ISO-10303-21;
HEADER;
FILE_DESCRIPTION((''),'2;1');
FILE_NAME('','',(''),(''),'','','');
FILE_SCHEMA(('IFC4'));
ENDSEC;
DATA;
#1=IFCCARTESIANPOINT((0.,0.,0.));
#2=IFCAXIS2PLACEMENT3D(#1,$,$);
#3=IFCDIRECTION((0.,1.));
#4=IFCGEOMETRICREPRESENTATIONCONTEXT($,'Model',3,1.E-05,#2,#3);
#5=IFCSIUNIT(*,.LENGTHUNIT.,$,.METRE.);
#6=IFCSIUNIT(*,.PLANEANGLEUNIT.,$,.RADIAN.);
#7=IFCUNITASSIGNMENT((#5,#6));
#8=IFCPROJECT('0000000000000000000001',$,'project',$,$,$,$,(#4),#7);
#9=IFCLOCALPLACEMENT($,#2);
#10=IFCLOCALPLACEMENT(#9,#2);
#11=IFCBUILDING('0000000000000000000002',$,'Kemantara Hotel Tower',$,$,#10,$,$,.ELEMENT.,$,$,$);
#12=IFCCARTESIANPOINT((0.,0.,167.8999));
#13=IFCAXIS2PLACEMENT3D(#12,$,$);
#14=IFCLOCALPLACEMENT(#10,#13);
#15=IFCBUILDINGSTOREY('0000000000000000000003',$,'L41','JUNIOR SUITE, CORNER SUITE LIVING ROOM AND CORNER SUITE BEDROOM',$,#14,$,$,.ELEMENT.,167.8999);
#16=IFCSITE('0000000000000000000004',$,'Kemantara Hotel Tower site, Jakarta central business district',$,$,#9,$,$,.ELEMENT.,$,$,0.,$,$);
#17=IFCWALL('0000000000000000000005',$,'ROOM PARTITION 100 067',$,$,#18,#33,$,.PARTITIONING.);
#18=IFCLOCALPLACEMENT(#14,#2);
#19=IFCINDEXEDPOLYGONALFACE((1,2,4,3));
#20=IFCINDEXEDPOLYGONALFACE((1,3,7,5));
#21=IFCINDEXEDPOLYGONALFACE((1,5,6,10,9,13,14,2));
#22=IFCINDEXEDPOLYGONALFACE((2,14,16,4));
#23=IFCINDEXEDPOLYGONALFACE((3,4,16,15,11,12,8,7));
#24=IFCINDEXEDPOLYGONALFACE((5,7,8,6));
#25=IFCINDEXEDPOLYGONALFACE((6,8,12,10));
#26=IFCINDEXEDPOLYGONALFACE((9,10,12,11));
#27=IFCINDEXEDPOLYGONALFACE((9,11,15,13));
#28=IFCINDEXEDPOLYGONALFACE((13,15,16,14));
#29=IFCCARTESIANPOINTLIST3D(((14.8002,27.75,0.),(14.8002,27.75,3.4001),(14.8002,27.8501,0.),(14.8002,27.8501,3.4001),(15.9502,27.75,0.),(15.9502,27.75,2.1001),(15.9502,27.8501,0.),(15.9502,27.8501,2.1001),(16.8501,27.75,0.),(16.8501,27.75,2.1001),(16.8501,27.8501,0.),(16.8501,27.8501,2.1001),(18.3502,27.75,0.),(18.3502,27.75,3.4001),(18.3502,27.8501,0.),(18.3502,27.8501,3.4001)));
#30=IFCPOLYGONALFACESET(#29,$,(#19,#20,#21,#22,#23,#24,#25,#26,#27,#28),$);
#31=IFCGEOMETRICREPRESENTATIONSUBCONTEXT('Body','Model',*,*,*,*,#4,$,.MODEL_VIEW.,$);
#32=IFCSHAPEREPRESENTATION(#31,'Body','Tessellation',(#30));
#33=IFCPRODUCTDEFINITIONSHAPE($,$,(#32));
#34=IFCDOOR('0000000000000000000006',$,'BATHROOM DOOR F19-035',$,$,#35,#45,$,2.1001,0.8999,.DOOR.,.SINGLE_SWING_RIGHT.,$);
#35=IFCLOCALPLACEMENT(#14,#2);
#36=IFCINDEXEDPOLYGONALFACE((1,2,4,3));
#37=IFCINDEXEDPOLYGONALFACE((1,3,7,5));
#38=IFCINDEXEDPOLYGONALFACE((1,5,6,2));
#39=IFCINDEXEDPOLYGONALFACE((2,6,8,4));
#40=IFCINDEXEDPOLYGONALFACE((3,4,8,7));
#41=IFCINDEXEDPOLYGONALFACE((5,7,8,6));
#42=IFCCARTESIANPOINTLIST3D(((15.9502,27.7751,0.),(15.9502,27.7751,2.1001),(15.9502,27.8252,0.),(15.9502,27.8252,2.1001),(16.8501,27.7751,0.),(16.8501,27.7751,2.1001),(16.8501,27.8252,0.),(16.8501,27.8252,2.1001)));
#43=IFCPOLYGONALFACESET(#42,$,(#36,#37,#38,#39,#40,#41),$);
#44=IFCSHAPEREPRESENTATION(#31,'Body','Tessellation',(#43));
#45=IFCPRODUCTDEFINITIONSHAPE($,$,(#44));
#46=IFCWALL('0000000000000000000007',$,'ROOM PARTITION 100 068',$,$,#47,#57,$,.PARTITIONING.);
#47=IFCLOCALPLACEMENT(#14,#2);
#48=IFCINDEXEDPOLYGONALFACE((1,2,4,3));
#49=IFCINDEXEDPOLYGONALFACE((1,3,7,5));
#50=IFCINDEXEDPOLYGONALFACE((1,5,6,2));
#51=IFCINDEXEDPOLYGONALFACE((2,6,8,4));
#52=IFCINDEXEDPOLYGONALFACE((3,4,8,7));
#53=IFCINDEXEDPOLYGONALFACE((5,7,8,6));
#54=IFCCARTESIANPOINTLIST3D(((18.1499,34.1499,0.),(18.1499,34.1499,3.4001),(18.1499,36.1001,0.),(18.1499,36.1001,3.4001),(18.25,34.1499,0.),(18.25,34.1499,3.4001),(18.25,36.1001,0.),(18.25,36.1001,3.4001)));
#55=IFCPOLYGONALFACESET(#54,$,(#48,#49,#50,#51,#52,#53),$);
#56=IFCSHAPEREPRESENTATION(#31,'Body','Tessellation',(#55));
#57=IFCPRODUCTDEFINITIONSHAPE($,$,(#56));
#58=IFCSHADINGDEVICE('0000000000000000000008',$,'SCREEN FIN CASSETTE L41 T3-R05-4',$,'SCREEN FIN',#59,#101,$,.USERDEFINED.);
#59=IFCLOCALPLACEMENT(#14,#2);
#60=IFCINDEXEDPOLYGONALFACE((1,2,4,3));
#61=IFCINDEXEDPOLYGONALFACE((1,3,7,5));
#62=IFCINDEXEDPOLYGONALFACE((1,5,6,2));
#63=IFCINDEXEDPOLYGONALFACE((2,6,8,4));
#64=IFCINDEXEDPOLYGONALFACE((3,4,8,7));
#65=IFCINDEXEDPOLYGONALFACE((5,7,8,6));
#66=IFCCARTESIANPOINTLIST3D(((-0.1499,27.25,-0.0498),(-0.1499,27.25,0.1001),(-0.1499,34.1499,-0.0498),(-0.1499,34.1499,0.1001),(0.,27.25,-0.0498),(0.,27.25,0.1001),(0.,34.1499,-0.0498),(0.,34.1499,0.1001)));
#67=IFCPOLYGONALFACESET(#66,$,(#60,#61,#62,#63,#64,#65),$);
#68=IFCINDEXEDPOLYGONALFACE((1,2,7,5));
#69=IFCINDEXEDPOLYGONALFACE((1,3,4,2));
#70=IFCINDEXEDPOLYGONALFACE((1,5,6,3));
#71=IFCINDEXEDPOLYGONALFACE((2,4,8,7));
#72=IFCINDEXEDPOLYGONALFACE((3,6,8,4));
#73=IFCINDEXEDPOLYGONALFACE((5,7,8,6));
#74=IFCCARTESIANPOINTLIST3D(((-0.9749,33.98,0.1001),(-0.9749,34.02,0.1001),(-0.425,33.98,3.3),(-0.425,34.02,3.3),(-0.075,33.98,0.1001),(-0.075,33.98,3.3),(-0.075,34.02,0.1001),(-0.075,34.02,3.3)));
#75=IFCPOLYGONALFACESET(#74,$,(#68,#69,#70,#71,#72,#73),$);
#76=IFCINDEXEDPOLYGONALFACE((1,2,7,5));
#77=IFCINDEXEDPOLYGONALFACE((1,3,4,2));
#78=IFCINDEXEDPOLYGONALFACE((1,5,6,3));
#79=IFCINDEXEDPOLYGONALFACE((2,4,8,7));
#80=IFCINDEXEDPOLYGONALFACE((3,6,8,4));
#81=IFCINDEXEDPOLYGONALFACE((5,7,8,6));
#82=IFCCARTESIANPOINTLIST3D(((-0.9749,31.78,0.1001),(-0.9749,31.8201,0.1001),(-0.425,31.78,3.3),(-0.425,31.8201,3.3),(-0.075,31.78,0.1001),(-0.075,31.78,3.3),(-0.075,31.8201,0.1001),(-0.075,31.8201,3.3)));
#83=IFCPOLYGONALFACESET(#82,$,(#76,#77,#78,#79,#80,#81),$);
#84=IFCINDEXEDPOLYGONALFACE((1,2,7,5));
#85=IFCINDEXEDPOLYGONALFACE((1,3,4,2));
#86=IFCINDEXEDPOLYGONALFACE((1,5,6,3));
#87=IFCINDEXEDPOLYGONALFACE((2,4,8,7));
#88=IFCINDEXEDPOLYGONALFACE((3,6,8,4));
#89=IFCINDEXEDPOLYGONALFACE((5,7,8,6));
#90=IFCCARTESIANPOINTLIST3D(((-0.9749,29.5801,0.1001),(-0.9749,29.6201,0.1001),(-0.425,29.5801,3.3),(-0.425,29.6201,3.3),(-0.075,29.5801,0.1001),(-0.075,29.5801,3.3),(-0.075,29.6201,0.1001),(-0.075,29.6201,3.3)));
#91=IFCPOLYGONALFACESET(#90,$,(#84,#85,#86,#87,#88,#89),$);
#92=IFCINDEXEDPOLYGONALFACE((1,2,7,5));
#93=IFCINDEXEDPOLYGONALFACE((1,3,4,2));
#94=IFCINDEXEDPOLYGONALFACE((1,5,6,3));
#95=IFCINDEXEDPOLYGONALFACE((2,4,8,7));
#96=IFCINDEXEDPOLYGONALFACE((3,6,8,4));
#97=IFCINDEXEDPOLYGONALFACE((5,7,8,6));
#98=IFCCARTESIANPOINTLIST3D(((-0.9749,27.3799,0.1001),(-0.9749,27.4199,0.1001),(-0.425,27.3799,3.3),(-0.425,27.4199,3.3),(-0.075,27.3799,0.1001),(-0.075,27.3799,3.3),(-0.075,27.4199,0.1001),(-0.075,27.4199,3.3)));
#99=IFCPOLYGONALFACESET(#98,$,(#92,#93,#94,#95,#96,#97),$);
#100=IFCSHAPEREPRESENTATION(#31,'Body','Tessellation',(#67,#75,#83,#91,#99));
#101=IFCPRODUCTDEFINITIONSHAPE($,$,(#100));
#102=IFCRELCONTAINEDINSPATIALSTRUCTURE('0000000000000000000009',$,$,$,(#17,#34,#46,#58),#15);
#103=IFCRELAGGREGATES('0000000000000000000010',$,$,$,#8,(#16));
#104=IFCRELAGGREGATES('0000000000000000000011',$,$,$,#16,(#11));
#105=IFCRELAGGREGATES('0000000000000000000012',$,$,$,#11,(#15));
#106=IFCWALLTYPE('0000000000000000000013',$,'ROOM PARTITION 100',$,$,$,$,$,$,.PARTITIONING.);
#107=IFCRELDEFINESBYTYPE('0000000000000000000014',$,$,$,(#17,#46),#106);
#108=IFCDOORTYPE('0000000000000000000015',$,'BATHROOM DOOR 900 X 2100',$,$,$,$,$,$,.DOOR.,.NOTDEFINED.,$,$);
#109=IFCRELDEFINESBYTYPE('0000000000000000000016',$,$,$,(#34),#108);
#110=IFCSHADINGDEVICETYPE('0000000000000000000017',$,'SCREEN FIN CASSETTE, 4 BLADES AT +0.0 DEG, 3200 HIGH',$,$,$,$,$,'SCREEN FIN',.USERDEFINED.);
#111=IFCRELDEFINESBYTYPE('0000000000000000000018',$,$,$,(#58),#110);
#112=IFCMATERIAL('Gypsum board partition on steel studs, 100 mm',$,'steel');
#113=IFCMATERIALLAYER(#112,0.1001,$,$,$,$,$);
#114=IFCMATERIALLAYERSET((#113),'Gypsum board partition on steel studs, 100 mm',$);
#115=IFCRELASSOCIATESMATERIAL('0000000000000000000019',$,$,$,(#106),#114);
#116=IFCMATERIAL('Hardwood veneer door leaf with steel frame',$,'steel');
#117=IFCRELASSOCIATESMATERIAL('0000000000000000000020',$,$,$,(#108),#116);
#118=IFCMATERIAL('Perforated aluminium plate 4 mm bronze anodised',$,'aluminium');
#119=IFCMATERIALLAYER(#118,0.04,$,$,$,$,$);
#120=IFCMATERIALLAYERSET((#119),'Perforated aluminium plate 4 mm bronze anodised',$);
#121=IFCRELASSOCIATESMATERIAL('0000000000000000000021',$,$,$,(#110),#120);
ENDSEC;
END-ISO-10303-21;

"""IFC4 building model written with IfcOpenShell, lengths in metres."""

from ifc_helpers import new_model, si_unit, direction, frame, frame_2d, origin, origin_2d, place, context, subcontext, project, spatial, polyline, rectangle, outline, extrude, source, transform, mapped, material, layer, layer_set, type_object, element, fill, save


model = new_model("IFC4")

# Units and contexts
model_context = context("Model", 3, precision=1e-05, world=origin(), true_north=direction((0.0, 1.0)))
body_context = subcontext(model_context, "Body", "Model", "MODEL_VIEW")
ifc_project = project(units=[si_unit("LENGTHUNIT", "METRE"), si_unit("PLANEANGLEUNIT", "RADIAN")], contexts=[model_context])

# Site, building, storey
site_placement = place(None, origin())
site = spatial("IfcSite", under=ifc_project, at=site_placement, Name="Kemantara Hotel Tower site, Jakarta central business district", CompositionType="ELEMENT", RefElevation=0.0)
building_placement = place(site_placement, origin())
building = spatial("IfcBuilding", under=site, at=building_placement, Name="Kemantara Hotel Tower", CompositionType="ELEMENT")
storey_placement = place(building_placement, frame((0.0, 0.0, 167.8999)))
storey = spatial("IfcBuildingStorey", under=building, at=storey_placement, Name="L41", Description="JUNIOR SUITE, CORNER SUITE LIVING ROOM AND CORNER SUITE BEDROOM", CompositionType="ELEMENT", Elevation=167.8999)

# Shared definitions
ifc_material_1 = material(Name="Hardwood veneer door leaf with steel frame", Category="steel")

# Shared definitions
ifc_material_2 = material(Name="Gypsum board partition on steel studs, 100 mm", Category="steel")
ifc_layer_1 = layer(ifc_material_2, 0.1001)
ifc_layer_set_1 = layer_set([ifc_layer_1], Name="Gypsum board partition on steel studs, 100 mm")
wall_type_1 = type_object("IfcWallType", Name="ROOM PARTITION 100", PredefinedType="PARTITIONING", material=ifc_layer_set_1)

# Shared definitions
door_type_1 = type_object("IfcDoorType", Name="BATHROOM DOOR 900 X 2100", OperationType="NOTDEFINED", PredefinedType="DOOR", material=ifc_material_1)

# Wall, opening, door
wall_1_placement = place(storey_placement, frame((18.3501, 27.8, 0.0), z_axis=(0.0, 0.0, 1.0), x_axis=(-1.0, 0.0, 0.0)))
wall_1 = element("IfcWall", 1, at=wall_1_placement, inside=storey, type_object=wall_type_1, Name="ROOM PARTITION 100 067", PredefinedType="PARTITIONING", context=body_context, shape_type="SweptSolid", body=[
    extrude(rectangle(XDim=3.55, YDim=0.1001, at=frame_2d((1.7749, 0.0))), origin(), (0.0, 0.0, 1.0), 3.4001),
])
opening_1_placement = place(wall_1_placement, frame((1.5, 0.0, 0.0)))
opening_1 = element("IfcOpeningElement", 2, at=opening_1_placement, cuts=wall_1, PredefinedType="OPENING", context=body_context, shape_type="SweptSolid", body=[
    extrude(rectangle(XDim=0.8999, YDim=2.1001, at=frame_2d((0.45, 1.05))), frame((0.0, 0.0601, 0.0), z_axis=(0.0, -1.0, 0.0), x_axis=(1.0, 0.0, 0.0)), (0.0, 0.0, 1.0), 0.1201),
])
door_1_placement = place(opening_1_placement, origin())
door_1 = element("IfcDoor", 3, at=door_1_placement, inside=storey, type_object=door_type_1, Name="BATHROOM DOOR F19-035", OperationType="SINGLE_SWING_RIGHT", OverallHeight=2.1001, OverallWidth=0.8999, PredefinedType="DOOR", context=body_context, shape_type="SweptSolid", body=[
    extrude(rectangle(XDim=0.8999, YDim=2.1001, at=frame_2d((0.45, 1.05))), frame((0.0, 0.0249, 0.0), z_axis=(0.0, -1.0, 0.0), x_axis=(1.0, 0.0, 0.0)), (0.0, 0.0, 1.0), 0.05),
])
fill(opening_1, door_1)

# Wall
wall_2_placement = place(storey_placement, frame((18.2, 34.1499, 0.0), z_axis=(0.0, 0.0, 1.0), x_axis=(0.0, 1.0, 0.0)))
element("IfcWall", 4, at=wall_2_placement, inside=storey, type_object=wall_type_1, Name="ROOM PARTITION 100 068", PredefinedType="PARTITIONING", context=body_context, shape_type="SweptSolid", body=[
    extrude(rectangle(XDim=1.9502, YDim=0.1001, at=frame_2d((0.9751, 0.0))), origin(), (0.0, 0.0, 1.0), 3.4001),
])

# Shading device
ifc_material_3 = material(Name="Perforated aluminium plate 4 mm bronze anodised", Category="aluminium")
ifc_layer_2 = layer(ifc_material_3, 0.04)
ifc_layer_set_2 = layer_set([ifc_layer_2], Name="Perforated aluminium plate 4 mm bronze anodised")
shading_device_type = type_object("IfcShadingDeviceType", Name="SCREEN FIN CASSETTE, 4 BLADES AT +0.0 DEG, 3200 HIGH", ElementType="SCREEN FIN", PredefinedType="USERDEFINED", material=ifc_layer_set_2)
shared_shape_1 = source(origin(), body_context, "Body", "SweptSolid", [
    extrude(rectangle(XDim=6.8999, YDim=0.1499, at=origin_2d()), frame((3.3, -0.075, -0.1499), z_axis=(0.0, 0.0, 1.0), x_axis=(1.0, 0.0, 0.0)), (0.0, 0.0, 1.0), 0.1499),
    extrude(outline(polyline([(0.0, 0.0), (0.8999, 0.0), (0.3501, 3.2), (0.0, 3.2), (0.0, 0.0)])), frame((0.02, -0.075, 0.0), z_axis=(-1.0, 0.0, 0.0), x_axis=(0.0, -1.0, 0.0)), (0.0, 0.0, 1.0), 0.04),
    extrude(outline(polyline([(0.0, 0.0), (0.8999, 0.0), (0.3501, 3.2), (0.0, 3.2), (0.0, 0.0)])), frame((2.22, -0.075, 0.0), z_axis=(-1.0, 0.0, 0.0), x_axis=(0.0, -1.0, 0.0)), (0.0, 0.0, 1.0), 0.04),
    extrude(outline(polyline([(0.0, 0.0), (0.8999, 0.0), (0.3501, 3.2), (0.0, 3.2), (0.0, 0.0)])), frame((4.4199, -0.075, 0.0), z_axis=(-1.0, 0.0, 0.0), x_axis=(0.0, -1.0, 0.0)), (0.0, 0.0, 1.0), 0.04),
    extrude(outline(polyline([(0.0, 0.0), (0.8999, 0.0), (0.3501, 3.2), (0.0, 3.2), (0.0, 0.0)])), frame((6.6201, -0.075, 0.0), z_axis=(-1.0, 0.0, 0.0), x_axis=(0.0, -1.0, 0.0)), (0.0, 0.0, 1.0), 0.04),
])
shading_device_placement = place(storey_placement, frame((0.0, 34.0, 0.1001), z_axis=(0.0, 0.0, 1.0), x_axis=(0.0, -1.0, 0.0)))
element("IfcShadingDevice", 5, at=shading_device_placement, inside=storey, type_object=shading_device_type, Name="SCREEN FIN CASSETTE L41 T3-R05-4", ObjectType="SCREEN FIN", PredefinedType="USERDEFINED", context=body_context, shape_type="MappedRepresentation", body=[
    mapped(shared_shape_1, transform((0.0, 0.0, 0.0))),
])

save(model, "model.ifc")
